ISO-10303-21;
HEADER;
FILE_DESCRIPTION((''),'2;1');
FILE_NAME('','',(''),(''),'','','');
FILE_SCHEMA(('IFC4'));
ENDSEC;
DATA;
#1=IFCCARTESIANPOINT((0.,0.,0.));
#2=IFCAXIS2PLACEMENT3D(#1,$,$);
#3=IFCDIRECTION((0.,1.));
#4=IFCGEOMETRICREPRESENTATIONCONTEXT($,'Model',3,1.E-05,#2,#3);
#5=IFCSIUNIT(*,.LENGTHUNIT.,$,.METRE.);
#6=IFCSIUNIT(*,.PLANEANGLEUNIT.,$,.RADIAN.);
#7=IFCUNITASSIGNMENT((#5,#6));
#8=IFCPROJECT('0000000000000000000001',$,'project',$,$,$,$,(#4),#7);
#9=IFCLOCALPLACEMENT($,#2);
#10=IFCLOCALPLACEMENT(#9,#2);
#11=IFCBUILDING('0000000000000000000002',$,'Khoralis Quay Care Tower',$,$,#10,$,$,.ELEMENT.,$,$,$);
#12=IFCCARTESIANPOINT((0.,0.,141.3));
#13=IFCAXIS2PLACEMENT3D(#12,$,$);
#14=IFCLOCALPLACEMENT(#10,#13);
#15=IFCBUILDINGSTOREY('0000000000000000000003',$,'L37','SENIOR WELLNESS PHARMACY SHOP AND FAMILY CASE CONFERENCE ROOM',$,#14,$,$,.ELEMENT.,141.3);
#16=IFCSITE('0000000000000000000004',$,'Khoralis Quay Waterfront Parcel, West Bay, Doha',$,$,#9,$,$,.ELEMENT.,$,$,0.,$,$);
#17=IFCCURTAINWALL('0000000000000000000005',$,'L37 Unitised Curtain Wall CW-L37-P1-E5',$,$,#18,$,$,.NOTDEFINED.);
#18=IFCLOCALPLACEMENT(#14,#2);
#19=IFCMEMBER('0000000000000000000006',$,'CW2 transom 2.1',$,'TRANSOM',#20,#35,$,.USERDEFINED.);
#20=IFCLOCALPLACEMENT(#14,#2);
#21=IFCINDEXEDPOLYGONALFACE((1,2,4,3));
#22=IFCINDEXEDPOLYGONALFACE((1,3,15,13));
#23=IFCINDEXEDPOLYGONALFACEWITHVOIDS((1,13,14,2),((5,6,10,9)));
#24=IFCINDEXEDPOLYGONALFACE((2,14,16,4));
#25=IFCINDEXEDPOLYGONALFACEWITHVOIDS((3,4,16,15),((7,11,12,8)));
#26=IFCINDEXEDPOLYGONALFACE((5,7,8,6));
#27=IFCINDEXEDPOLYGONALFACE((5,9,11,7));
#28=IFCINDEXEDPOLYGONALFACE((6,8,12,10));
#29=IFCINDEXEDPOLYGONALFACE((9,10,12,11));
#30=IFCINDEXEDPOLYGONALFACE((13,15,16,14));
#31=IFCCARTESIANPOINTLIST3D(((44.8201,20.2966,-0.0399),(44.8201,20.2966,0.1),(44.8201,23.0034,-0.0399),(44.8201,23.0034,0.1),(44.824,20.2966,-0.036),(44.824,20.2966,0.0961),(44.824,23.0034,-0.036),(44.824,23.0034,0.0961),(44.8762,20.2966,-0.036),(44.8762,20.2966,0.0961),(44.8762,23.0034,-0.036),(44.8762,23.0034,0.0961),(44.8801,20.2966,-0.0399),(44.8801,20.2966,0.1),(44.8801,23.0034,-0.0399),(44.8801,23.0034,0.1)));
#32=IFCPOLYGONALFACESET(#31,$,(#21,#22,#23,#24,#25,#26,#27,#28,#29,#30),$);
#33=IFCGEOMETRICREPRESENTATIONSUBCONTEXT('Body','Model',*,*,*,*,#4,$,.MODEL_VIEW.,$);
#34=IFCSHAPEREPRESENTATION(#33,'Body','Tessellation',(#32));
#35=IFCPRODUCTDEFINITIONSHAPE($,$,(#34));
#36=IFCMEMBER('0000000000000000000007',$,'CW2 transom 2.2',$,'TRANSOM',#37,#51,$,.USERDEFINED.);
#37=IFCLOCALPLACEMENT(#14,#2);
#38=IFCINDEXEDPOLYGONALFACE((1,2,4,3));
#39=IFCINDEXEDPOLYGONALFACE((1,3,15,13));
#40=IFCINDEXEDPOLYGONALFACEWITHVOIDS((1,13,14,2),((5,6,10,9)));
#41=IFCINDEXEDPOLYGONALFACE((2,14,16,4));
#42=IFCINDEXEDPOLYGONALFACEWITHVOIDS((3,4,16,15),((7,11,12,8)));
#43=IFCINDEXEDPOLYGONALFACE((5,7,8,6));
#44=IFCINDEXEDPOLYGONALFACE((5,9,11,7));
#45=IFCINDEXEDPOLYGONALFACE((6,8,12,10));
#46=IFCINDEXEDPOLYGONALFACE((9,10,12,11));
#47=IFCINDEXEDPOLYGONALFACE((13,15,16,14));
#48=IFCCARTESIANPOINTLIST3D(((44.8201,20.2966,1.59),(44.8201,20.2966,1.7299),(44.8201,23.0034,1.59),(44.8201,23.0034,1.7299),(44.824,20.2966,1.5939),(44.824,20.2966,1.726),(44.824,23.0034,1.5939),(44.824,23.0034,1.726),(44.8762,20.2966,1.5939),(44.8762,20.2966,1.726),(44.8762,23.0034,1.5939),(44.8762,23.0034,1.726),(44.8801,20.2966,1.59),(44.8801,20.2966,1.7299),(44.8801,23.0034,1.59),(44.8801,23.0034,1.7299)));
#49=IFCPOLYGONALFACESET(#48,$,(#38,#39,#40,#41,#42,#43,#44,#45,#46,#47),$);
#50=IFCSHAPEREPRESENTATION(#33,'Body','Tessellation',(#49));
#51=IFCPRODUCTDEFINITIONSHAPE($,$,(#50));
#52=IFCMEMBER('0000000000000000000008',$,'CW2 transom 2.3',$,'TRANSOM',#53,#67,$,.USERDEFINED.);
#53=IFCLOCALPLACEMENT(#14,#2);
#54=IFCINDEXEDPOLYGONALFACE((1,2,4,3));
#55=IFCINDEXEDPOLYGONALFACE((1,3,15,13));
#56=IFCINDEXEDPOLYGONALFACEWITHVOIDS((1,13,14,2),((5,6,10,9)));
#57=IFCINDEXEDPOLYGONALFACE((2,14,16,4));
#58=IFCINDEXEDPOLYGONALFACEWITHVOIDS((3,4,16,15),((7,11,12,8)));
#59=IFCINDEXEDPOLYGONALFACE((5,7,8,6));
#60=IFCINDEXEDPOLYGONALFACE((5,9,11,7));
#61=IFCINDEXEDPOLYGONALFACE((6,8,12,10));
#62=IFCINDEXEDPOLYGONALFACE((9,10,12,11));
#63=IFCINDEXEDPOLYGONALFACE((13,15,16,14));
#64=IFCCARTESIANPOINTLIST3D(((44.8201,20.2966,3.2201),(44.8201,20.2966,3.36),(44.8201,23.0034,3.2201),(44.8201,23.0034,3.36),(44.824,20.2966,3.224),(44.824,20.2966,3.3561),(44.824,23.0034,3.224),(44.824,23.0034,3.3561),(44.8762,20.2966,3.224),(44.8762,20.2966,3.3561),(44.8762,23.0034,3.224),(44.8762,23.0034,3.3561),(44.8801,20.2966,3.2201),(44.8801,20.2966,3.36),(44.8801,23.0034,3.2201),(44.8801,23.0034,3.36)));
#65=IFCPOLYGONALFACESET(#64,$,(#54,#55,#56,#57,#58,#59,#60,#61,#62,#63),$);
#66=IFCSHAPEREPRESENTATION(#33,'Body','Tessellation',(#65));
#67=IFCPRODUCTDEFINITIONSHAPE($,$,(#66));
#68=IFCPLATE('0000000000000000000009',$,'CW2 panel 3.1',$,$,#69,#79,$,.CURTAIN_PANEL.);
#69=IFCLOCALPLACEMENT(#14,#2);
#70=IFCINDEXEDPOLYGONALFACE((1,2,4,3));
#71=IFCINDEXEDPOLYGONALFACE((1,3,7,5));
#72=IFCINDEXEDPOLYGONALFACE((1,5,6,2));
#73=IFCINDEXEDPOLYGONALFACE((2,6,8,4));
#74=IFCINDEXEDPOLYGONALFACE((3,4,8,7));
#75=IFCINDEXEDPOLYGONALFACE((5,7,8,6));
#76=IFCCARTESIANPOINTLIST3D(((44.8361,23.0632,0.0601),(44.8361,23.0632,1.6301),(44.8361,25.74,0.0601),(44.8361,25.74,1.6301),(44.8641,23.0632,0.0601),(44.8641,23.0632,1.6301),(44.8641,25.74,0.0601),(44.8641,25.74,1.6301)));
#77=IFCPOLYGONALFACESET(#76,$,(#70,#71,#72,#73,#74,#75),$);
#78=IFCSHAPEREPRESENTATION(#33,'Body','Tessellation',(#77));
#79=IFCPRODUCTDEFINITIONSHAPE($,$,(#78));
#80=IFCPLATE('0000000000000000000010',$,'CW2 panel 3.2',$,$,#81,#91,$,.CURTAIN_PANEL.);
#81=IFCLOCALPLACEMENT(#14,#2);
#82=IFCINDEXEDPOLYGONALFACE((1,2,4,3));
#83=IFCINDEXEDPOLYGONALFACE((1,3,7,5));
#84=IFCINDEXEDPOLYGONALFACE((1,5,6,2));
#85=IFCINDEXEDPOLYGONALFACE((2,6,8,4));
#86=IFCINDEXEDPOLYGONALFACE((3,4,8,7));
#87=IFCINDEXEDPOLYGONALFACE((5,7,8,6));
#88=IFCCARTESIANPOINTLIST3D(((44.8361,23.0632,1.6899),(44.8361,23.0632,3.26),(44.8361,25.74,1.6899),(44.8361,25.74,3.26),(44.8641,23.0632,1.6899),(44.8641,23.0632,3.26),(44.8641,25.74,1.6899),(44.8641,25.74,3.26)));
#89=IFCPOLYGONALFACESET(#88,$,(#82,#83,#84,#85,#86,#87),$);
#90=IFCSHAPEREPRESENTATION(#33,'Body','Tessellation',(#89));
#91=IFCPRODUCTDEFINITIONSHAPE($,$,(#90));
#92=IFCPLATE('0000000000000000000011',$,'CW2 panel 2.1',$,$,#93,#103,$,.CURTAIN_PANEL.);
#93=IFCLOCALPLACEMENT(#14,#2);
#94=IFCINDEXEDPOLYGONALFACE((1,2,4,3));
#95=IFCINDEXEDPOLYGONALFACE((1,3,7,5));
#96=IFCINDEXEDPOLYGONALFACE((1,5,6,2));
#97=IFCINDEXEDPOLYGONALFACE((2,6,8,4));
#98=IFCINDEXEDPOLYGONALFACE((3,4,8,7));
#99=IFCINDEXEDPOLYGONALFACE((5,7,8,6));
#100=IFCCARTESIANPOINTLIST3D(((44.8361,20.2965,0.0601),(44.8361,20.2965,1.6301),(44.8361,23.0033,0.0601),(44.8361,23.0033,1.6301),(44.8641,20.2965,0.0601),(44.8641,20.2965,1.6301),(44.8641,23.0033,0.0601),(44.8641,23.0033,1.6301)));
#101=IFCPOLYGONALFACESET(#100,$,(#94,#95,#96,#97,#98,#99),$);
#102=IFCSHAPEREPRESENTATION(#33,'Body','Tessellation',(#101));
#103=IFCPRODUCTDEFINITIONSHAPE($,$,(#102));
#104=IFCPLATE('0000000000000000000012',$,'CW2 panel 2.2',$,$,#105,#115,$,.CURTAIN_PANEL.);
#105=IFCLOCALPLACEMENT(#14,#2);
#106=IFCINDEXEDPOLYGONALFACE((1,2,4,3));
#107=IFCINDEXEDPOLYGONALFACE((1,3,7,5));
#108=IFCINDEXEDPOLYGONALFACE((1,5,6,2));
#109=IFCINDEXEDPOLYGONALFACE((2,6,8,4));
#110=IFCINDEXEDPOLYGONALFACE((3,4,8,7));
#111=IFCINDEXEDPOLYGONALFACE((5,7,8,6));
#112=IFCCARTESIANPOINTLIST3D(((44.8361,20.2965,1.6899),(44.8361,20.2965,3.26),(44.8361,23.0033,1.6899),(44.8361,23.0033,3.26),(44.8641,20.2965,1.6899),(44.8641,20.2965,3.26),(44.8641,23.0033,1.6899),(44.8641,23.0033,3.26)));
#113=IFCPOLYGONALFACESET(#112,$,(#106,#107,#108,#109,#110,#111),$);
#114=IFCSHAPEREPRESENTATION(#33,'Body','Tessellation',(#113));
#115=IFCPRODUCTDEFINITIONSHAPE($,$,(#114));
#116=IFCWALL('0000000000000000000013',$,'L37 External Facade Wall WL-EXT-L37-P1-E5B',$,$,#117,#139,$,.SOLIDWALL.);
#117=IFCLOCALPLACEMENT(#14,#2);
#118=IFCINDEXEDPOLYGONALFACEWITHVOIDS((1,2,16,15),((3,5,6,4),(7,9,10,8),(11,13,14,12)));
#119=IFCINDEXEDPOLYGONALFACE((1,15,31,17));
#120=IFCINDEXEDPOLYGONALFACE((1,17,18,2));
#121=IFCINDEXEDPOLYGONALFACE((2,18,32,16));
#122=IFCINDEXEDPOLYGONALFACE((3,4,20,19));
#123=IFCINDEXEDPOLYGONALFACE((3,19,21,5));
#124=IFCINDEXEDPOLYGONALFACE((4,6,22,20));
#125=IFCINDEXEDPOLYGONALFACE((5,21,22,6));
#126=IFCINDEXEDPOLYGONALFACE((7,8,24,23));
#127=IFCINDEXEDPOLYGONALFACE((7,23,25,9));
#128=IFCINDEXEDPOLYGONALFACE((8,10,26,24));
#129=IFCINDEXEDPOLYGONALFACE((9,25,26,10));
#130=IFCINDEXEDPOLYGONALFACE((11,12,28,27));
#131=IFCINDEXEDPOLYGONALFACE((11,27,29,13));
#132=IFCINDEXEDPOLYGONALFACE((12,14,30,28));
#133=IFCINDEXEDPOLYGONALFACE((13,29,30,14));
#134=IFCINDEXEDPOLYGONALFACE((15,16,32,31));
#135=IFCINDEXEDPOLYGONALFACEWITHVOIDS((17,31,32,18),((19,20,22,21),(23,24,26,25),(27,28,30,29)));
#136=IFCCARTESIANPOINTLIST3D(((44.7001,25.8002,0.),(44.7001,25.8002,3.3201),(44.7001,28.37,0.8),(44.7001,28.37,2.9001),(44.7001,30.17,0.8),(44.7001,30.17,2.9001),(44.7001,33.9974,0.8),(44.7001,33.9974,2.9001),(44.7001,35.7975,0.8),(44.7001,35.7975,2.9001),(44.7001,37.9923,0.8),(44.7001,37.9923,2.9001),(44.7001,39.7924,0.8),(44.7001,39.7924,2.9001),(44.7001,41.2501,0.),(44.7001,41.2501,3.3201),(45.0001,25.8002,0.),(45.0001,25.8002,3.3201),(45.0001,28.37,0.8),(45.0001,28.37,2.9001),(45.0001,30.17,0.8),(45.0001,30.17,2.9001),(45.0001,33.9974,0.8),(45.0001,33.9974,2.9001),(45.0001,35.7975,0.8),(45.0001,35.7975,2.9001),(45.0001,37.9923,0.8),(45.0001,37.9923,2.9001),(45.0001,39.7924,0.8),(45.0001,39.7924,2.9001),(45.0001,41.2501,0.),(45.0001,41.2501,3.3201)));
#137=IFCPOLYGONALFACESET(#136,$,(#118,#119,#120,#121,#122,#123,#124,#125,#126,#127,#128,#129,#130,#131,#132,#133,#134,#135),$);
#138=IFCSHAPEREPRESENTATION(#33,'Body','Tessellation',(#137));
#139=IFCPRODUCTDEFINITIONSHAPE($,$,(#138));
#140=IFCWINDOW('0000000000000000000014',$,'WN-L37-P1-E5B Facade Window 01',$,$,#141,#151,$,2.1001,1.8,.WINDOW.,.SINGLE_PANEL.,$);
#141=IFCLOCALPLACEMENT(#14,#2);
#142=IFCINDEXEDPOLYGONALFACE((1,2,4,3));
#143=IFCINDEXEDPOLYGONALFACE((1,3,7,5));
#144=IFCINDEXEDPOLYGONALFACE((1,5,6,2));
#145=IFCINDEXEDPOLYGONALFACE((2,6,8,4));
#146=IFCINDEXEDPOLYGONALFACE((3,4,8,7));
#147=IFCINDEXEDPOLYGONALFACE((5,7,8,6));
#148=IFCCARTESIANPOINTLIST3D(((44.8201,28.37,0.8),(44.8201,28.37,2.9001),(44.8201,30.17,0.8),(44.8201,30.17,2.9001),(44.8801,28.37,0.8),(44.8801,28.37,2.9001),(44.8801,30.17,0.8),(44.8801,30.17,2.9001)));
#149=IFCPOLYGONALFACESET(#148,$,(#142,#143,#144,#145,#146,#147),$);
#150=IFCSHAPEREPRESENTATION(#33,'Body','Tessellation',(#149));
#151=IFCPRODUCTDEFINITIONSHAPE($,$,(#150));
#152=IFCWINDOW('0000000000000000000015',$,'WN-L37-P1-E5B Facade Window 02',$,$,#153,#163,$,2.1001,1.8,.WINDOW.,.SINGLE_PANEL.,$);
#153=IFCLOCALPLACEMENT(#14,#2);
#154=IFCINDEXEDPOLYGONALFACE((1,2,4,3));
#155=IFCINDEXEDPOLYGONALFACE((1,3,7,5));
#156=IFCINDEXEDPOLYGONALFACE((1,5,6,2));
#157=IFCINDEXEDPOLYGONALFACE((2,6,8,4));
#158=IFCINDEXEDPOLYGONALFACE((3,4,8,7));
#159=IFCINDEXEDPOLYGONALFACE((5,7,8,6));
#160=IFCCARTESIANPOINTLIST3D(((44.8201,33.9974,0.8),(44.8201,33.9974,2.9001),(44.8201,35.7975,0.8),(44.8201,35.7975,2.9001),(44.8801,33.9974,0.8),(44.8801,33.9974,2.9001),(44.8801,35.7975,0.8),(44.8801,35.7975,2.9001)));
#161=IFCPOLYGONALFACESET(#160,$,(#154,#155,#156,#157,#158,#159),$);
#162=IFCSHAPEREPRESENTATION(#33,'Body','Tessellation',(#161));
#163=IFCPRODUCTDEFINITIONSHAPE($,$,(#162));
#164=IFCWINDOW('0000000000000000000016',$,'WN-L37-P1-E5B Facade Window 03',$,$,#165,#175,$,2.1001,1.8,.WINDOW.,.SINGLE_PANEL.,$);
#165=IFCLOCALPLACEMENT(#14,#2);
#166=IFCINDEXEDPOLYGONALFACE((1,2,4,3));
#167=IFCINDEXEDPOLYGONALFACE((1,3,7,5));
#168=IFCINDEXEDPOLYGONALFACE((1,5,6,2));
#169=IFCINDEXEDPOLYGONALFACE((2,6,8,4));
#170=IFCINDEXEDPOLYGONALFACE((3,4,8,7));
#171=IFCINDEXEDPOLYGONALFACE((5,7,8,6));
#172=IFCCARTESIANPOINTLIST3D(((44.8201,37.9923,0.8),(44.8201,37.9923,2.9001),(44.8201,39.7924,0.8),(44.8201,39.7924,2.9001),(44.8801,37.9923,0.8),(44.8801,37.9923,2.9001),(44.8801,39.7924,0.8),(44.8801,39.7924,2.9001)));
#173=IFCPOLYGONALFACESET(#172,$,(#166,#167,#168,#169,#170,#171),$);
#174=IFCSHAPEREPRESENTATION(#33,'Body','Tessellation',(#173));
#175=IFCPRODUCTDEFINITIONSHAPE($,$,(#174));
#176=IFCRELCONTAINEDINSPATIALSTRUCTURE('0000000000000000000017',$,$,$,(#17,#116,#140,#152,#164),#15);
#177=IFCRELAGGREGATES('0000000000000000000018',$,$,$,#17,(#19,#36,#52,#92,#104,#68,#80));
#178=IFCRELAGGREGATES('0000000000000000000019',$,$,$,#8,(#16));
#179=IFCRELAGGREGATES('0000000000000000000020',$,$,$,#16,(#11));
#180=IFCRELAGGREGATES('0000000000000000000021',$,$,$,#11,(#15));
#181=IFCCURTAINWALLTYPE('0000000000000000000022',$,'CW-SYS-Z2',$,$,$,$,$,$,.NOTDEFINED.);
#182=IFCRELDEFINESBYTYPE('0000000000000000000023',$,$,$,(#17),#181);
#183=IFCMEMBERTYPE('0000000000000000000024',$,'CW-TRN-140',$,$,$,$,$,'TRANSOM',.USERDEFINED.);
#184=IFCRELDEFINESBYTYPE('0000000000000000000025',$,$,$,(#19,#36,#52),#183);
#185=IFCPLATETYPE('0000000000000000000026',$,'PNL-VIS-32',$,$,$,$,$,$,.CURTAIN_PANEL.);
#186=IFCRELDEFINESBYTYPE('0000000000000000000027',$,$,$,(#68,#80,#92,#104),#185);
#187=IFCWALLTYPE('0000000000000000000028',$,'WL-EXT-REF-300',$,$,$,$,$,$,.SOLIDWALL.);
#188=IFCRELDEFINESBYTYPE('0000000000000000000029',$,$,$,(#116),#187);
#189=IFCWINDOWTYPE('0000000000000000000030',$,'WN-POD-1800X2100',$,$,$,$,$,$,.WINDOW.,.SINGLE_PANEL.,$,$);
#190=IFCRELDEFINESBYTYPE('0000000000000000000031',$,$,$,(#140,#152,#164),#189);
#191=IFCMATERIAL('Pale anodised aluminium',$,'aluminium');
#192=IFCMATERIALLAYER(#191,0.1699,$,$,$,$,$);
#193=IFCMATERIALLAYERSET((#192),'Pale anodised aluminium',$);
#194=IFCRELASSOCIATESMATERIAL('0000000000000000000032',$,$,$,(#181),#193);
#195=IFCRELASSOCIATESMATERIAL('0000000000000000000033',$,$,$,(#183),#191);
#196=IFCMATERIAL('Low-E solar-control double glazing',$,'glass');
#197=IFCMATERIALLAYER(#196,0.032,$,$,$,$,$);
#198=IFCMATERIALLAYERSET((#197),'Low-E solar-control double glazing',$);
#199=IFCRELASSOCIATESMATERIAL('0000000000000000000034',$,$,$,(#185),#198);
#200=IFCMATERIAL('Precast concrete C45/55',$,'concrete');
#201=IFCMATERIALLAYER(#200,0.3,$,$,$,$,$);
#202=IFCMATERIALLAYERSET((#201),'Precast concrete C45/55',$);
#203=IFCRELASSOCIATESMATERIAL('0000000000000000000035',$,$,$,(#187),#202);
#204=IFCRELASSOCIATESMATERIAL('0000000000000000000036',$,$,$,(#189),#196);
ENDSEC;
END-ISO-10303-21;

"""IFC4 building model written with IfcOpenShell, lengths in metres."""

from ifc_helpers import new_model, si_unit, direction, frame, frame_2d, origin, origin_2d, place, context, subcontext, project, spatial, rectangle, hollow_rectangle, extrude, source, transform, mapped, material, layer, layer_set, material_profile, profile_set, type_object, element, fill, aggregate, save


model = new_model("IFC4")

# Units and contexts
model_context = context("Model", 3, precision=1e-05, world=origin(), true_north=direction((0.0, 1.0)))
body_context = subcontext(model_context, "Body", "Model", "MODEL_VIEW")
ifc_project = project(units=[si_unit("LENGTHUNIT", "METRE"), si_unit("PLANEANGLEUNIT", "RADIAN")], contexts=[model_context])

# Site, building, storey
site_placement = place(None, origin())
site = spatial("IfcSite", under=ifc_project, at=site_placement, Name="Khoralis Quay Waterfront Parcel, West Bay, Doha", CompositionType="ELEMENT", RefElevation=0.0)
building_placement = place(site_placement, origin())
building = spatial("IfcBuilding", under=site, at=building_placement, Name="Khoralis Quay Care Tower", CompositionType="ELEMENT")
storey_placement = place(building_placement, frame((0.0, 0.0, 141.3)))
storey = spatial("IfcBuildingStorey", under=building, at=storey_placement, Name="L37", Description="SENIOR WELLNESS PHARMACY SHOP AND FAMILY CASE CONFERENCE ROOM", CompositionType="ELEMENT", Elevation=141.3)

# Curtain wall, members, plates
ifc_material_1 = material(Name="Pale anodised aluminium", Category="aluminium")
ifc_layer_1 = layer(ifc_material_1, 0.1699)
ifc_layer_set_1 = layer_set([ifc_layer_1], Name="Pale anodised aluminium")
curtain_wall_type = type_object("IfcCurtainWallType", Name="CW-SYS-Z2", PredefinedType="NOTDEFINED", material=ifc_layer_set_1)
curtain_wall_placement = place(storey_placement, origin())
curtain_wall = element("IfcCurtainWall", 1, at=curtain_wall_placement, inside=storey, type_object=curtain_wall_type, Name="L37 Unitised Curtain Wall CW-L37-P1-E5", PredefinedType="NOTDEFINED")
ifc_material_profile_1 = material_profile(ifc_material_1, hollow_rectangle(XDim=0.0601, YDim=0.1399, WallThickness=0.0039, at=origin_2d()), Name="Pale anodised aluminium")
ifc_profile_set_1 = profile_set([ifc_material_profile_1], Name="Pale anodised aluminium")
member_type_1 = type_object("IfcMemberType", Name="CW-TRN-140", ElementType="TRANSOM", PredefinedType="USERDEFINED", material=ifc_profile_set_1)
shared_shape_1 = source(origin(), body_context, "Body", "SweptSolid", [
    extrude(hollow_rectangle(XDim=0.0601, YDim=0.1399, WallThickness=0.0039, at=origin_2d()), origin(), (0.0, 0.0, 1.0), 2.7068),
])
member_1_placement = place(storey_placement, frame((44.8501, 20.2966, 0.03), z_axis=(0.0, 1.0, 0.0), x_axis=(-1.0, 0.0, 0.0)))
member_1 = element("IfcMember", 2, at=member_1_placement, type_object=member_type_1, Name="CW2 transom 2.1", ObjectType="TRANSOM", PredefinedType="USERDEFINED", context=body_context, shape_type="MappedRepresentation", body=[
    mapped(shared_shape_1, transform((0.0, 0.0, 0.0), scale=1.0)),
])
member_2_placement = place(storey_placement, frame((44.8501, 20.2966, 1.6599), z_axis=(0.0, 1.0, 0.0), x_axis=(-1.0, 0.0, 0.0)))
member_2 = element("IfcMember", 3, at=member_2_placement, type_object=member_type_1, Name="CW2 transom 2.2", ObjectType="TRANSOM", PredefinedType="USERDEFINED", context=body_context, shape_type="MappedRepresentation", body=[
    mapped(shared_shape_1, transform((0.0, 0.0, 0.0), scale=1.0)),
])
member_3_placement = place(storey_placement, frame((44.8501, 20.2966, 3.29), z_axis=(0.0, 1.0, 0.0), x_axis=(-1.0, 0.0, 0.0)))
member_3 = element("IfcMember", 4, at=member_3_placement, type_object=member_type_1, Name="CW2 transom 2.3", ObjectType="TRANSOM", PredefinedType="USERDEFINED", context=body_context, shape_type="MappedRepresentation", body=[
    mapped(shared_shape_1, transform((0.0, 0.0, 0.0), scale=1.0)),
])
ifc_material_2 = material(Name="Low-E solar-control double glazing", Category="glass")
ifc_layer_2 = layer(ifc_material_2, 0.032)
ifc_layer_set_2 = layer_set([ifc_layer_2], Name="Low-E solar-control double glazing")
plate_type = type_object("IfcPlateType", Name="PNL-VIS-32", PredefinedType="CURTAIN_PANEL", material=ifc_layer_set_2)
shared_shape_2 = source(origin(), body_context, "Body", "SweptSolid", [
    extrude(rectangle(XDim=2.6768, YDim=0.0281, at=origin_2d()), origin(), (0.0, 0.0, 1.0), 1.5701),
])
plate_1_placement = place(storey_placement, frame((44.8501, 24.4016, 0.0601), z_axis=(0.0, 0.0, 1.0), x_axis=(0.0, 1.0, 0.0)))
plate_1 = element("IfcPlate", 5, at=plate_1_placement, type_object=plate_type, Name="CW2 panel 3.1", PredefinedType="CURTAIN_PANEL", context=body_context, shape_type="MappedRepresentation", body=[
    mapped(shared_shape_2, transform((0.0, 0.0, 0.0), scale=1.0)),
])
plate_2_placement = place(storey_placement, frame((44.8501, 24.4016, 1.6899), z_axis=(0.0, 0.0, 1.0), x_axis=(0.0, 1.0, 0.0)))
plate_2 = element("IfcPlate", 6, at=plate_2_placement, type_object=plate_type, Name="CW2 panel 3.2", PredefinedType="CURTAIN_PANEL", context=body_context, shape_type="MappedRepresentation", body=[
    mapped(shared_shape_2, transform((0.0, 0.0, 0.0), scale=1.0)),
])
shared_shape_3 = source(origin(), body_context, "Body", "SweptSolid", [
    extrude(rectangle(XDim=2.7068, YDim=0.0281, at=origin_2d()), origin(), (0.0, 0.0, 1.0), 1.5701),
])
plate_3_placement = place(storey_placement, frame((44.8501, 21.6499, 0.0601), z_axis=(0.0, 0.0, 1.0), x_axis=(0.0, 1.0, 0.0)))
plate_3 = element("IfcPlate", 7, at=plate_3_placement, type_object=plate_type, Name="CW2 panel 2.1", PredefinedType="CURTAIN_PANEL", context=body_context, shape_type="MappedRepresentation", body=[
    mapped(shared_shape_3, transform((0.0, 0.0, 0.0), scale=1.0)),
])
plate_4_placement = place(storey_placement, frame((44.8501, 21.6499, 1.6899), z_axis=(0.0, 0.0, 1.0), x_axis=(0.0, 1.0, 0.0)))
plate_4 = element("IfcPlate", 8, at=plate_4_placement, type_object=plate_type, Name="CW2 panel 2.2", PredefinedType="CURTAIN_PANEL", context=body_context, shape_type="MappedRepresentation", body=[
    mapped(shared_shape_3, transform((0.0, 0.0, 0.0), scale=1.0)),
])
aggregate(curtain_wall, [member_1, member_2, member_3, plate_3, plate_4, plate_1, plate_2])

# Wall, openings, windows
ifc_material_3 = material(Name="Precast concrete C45/55", Category="concrete")
ifc_layer_3 = layer(ifc_material_3, 0.3)
ifc_layer_set_3 = layer_set([ifc_layer_3], Name="Precast concrete C45/55")
wall_type = type_object("IfcWallType", Name="WL-EXT-REF-300", PredefinedType="SOLIDWALL", material=ifc_layer_set_3)
wall_placement = place(storey_placement, frame((44.8501, 25.8, 0.0), z_axis=(0.0, 0.0, 1.0), x_axis=(0.0, 1.0, 0.0)))
wall = element("IfcWall", 9, at=wall_placement, inside=storey, type_object=wall_type, Name="L37 External Facade Wall WL-EXT-L37-P1-E5B", PredefinedType="SOLIDWALL", context=body_context, shape_type="SweptSolid", body=[
    extrude(rectangle(XDim=15.45, YDim=0.3, at=frame_2d((7.7251, 0.0))), origin(), (0.0, 0.0, 1.0), 3.3201),
])
opening_1_placement = place(wall_placement, frame((2.5701, 0.0, 0.8)))
opening_1 = element("IfcOpeningElement", 10, at=opening_1_placement, cuts=wall, PredefinedType="OPENING", context=body_context, shape_type="SweptSolid", body=[
    extrude(rectangle(XDim=1.8, YDim=2.1001, at=frame_2d((0.8999, 1.05))), frame((0.0, 0.1602, 0.0), z_axis=(0.0, -1.0, 0.0), x_axis=(1.0, 0.0, 0.0)), (0.0, 0.0, 1.0), 0.3201),
])
opening_2_placement = place(wall_placement, frame((8.1975, 0.0, 0.8)))
opening_2 = element("IfcOpeningElement", 11, at=opening_2_placement, cuts=wall, PredefinedType="OPENING", context=body_context, shape_type="SweptSolid", body=[
    extrude(rectangle(XDim=1.8, YDim=2.1001, at=frame_2d((0.8999, 1.05))), frame((0.0, 0.1602, 0.0), z_axis=(0.0, -1.0, 0.0), x_axis=(1.0, 0.0, 0.0)), (0.0, 0.0, 1.0), 0.3201),
])
opening_3_placement = place(wall_placement, frame((12.1924, 0.0, 0.8)))
opening_3 = element("IfcOpeningElement", 12, at=opening_3_placement, cuts=wall, PredefinedType="OPENING", context=body_context, shape_type="SweptSolid", body=[
    extrude(rectangle(XDim=1.8, YDim=2.1001, at=frame_2d((0.8999, 1.05))), frame((0.0, 0.1602, 0.0), z_axis=(0.0, -1.0, 0.0), x_axis=(1.0, 0.0, 0.0)), (0.0, 0.0, 1.0), 0.3201),
])
window_type = type_object("IfcWindowType", Name="WN-POD-1800X2100", PartitioningType="SINGLE_PANEL", PredefinedType="WINDOW", material=ifc_material_2)
shared_shape_4 = source(origin(), body_context, "Body", "SweptSolid", [
    extrude(rectangle(XDim=1.8, YDim=2.1001, at=frame_2d((0.8999, 1.05))), frame((0.0, 0.03, 0.0), z_axis=(0.0, -1.0, 0.0), x_axis=(1.0, 0.0, 0.0)), (0.0, 0.0, 1.0), 0.0601),
])
window_1_placement = place(opening_1_placement, origin())
window_1 = element("IfcWindow", 13, at=window_1_placement, inside=storey, type_object=window_type, Name="WN-L37-P1-E5B Facade Window 01", OverallHeight=2.1001, OverallWidth=1.8, PartitioningType="SINGLE_PANEL", PredefinedType="WINDOW", context=body_context, shape_type="MappedRepresentation", body=[
    mapped(shared_shape_4, transform((0.0, 0.0, 0.0), scale=1.0)),
])
fill(opening_1, window_1)
window_2_placement = place(opening_2_placement, origin())
window_2 = element("IfcWindow", 14, at=window_2_placement, inside=storey, type_object=window_type, Name="WN-L37-P1-E5B Facade Window 02", OverallHeight=2.1001, OverallWidth=1.8, PartitioningType="SINGLE_PANEL", PredefinedType="WINDOW", context=body_context, shape_type="MappedRepresentation", body=[
    mapped(shared_shape_4, transform((0.0, 0.0, 0.0), scale=1.0)),
])
fill(opening_2, window_2)
window_3_placement = place(opening_3_placement, origin())
window_3 = element("IfcWindow", 15, at=window_3_placement, inside=storey, type_object=window_type, Name="WN-L37-P1-E5B Facade Window 03", OverallHeight=2.1001, OverallWidth=1.8, PartitioningType="SINGLE_PANEL", PredefinedType="WINDOW", context=body_context, shape_type="MappedRepresentation", body=[
    mapped(shared_shape_4, transform((0.0, 0.0, 0.0), scale=1.0)),
])
fill(opening_3, window_3)

save(model, "model.ifc")
